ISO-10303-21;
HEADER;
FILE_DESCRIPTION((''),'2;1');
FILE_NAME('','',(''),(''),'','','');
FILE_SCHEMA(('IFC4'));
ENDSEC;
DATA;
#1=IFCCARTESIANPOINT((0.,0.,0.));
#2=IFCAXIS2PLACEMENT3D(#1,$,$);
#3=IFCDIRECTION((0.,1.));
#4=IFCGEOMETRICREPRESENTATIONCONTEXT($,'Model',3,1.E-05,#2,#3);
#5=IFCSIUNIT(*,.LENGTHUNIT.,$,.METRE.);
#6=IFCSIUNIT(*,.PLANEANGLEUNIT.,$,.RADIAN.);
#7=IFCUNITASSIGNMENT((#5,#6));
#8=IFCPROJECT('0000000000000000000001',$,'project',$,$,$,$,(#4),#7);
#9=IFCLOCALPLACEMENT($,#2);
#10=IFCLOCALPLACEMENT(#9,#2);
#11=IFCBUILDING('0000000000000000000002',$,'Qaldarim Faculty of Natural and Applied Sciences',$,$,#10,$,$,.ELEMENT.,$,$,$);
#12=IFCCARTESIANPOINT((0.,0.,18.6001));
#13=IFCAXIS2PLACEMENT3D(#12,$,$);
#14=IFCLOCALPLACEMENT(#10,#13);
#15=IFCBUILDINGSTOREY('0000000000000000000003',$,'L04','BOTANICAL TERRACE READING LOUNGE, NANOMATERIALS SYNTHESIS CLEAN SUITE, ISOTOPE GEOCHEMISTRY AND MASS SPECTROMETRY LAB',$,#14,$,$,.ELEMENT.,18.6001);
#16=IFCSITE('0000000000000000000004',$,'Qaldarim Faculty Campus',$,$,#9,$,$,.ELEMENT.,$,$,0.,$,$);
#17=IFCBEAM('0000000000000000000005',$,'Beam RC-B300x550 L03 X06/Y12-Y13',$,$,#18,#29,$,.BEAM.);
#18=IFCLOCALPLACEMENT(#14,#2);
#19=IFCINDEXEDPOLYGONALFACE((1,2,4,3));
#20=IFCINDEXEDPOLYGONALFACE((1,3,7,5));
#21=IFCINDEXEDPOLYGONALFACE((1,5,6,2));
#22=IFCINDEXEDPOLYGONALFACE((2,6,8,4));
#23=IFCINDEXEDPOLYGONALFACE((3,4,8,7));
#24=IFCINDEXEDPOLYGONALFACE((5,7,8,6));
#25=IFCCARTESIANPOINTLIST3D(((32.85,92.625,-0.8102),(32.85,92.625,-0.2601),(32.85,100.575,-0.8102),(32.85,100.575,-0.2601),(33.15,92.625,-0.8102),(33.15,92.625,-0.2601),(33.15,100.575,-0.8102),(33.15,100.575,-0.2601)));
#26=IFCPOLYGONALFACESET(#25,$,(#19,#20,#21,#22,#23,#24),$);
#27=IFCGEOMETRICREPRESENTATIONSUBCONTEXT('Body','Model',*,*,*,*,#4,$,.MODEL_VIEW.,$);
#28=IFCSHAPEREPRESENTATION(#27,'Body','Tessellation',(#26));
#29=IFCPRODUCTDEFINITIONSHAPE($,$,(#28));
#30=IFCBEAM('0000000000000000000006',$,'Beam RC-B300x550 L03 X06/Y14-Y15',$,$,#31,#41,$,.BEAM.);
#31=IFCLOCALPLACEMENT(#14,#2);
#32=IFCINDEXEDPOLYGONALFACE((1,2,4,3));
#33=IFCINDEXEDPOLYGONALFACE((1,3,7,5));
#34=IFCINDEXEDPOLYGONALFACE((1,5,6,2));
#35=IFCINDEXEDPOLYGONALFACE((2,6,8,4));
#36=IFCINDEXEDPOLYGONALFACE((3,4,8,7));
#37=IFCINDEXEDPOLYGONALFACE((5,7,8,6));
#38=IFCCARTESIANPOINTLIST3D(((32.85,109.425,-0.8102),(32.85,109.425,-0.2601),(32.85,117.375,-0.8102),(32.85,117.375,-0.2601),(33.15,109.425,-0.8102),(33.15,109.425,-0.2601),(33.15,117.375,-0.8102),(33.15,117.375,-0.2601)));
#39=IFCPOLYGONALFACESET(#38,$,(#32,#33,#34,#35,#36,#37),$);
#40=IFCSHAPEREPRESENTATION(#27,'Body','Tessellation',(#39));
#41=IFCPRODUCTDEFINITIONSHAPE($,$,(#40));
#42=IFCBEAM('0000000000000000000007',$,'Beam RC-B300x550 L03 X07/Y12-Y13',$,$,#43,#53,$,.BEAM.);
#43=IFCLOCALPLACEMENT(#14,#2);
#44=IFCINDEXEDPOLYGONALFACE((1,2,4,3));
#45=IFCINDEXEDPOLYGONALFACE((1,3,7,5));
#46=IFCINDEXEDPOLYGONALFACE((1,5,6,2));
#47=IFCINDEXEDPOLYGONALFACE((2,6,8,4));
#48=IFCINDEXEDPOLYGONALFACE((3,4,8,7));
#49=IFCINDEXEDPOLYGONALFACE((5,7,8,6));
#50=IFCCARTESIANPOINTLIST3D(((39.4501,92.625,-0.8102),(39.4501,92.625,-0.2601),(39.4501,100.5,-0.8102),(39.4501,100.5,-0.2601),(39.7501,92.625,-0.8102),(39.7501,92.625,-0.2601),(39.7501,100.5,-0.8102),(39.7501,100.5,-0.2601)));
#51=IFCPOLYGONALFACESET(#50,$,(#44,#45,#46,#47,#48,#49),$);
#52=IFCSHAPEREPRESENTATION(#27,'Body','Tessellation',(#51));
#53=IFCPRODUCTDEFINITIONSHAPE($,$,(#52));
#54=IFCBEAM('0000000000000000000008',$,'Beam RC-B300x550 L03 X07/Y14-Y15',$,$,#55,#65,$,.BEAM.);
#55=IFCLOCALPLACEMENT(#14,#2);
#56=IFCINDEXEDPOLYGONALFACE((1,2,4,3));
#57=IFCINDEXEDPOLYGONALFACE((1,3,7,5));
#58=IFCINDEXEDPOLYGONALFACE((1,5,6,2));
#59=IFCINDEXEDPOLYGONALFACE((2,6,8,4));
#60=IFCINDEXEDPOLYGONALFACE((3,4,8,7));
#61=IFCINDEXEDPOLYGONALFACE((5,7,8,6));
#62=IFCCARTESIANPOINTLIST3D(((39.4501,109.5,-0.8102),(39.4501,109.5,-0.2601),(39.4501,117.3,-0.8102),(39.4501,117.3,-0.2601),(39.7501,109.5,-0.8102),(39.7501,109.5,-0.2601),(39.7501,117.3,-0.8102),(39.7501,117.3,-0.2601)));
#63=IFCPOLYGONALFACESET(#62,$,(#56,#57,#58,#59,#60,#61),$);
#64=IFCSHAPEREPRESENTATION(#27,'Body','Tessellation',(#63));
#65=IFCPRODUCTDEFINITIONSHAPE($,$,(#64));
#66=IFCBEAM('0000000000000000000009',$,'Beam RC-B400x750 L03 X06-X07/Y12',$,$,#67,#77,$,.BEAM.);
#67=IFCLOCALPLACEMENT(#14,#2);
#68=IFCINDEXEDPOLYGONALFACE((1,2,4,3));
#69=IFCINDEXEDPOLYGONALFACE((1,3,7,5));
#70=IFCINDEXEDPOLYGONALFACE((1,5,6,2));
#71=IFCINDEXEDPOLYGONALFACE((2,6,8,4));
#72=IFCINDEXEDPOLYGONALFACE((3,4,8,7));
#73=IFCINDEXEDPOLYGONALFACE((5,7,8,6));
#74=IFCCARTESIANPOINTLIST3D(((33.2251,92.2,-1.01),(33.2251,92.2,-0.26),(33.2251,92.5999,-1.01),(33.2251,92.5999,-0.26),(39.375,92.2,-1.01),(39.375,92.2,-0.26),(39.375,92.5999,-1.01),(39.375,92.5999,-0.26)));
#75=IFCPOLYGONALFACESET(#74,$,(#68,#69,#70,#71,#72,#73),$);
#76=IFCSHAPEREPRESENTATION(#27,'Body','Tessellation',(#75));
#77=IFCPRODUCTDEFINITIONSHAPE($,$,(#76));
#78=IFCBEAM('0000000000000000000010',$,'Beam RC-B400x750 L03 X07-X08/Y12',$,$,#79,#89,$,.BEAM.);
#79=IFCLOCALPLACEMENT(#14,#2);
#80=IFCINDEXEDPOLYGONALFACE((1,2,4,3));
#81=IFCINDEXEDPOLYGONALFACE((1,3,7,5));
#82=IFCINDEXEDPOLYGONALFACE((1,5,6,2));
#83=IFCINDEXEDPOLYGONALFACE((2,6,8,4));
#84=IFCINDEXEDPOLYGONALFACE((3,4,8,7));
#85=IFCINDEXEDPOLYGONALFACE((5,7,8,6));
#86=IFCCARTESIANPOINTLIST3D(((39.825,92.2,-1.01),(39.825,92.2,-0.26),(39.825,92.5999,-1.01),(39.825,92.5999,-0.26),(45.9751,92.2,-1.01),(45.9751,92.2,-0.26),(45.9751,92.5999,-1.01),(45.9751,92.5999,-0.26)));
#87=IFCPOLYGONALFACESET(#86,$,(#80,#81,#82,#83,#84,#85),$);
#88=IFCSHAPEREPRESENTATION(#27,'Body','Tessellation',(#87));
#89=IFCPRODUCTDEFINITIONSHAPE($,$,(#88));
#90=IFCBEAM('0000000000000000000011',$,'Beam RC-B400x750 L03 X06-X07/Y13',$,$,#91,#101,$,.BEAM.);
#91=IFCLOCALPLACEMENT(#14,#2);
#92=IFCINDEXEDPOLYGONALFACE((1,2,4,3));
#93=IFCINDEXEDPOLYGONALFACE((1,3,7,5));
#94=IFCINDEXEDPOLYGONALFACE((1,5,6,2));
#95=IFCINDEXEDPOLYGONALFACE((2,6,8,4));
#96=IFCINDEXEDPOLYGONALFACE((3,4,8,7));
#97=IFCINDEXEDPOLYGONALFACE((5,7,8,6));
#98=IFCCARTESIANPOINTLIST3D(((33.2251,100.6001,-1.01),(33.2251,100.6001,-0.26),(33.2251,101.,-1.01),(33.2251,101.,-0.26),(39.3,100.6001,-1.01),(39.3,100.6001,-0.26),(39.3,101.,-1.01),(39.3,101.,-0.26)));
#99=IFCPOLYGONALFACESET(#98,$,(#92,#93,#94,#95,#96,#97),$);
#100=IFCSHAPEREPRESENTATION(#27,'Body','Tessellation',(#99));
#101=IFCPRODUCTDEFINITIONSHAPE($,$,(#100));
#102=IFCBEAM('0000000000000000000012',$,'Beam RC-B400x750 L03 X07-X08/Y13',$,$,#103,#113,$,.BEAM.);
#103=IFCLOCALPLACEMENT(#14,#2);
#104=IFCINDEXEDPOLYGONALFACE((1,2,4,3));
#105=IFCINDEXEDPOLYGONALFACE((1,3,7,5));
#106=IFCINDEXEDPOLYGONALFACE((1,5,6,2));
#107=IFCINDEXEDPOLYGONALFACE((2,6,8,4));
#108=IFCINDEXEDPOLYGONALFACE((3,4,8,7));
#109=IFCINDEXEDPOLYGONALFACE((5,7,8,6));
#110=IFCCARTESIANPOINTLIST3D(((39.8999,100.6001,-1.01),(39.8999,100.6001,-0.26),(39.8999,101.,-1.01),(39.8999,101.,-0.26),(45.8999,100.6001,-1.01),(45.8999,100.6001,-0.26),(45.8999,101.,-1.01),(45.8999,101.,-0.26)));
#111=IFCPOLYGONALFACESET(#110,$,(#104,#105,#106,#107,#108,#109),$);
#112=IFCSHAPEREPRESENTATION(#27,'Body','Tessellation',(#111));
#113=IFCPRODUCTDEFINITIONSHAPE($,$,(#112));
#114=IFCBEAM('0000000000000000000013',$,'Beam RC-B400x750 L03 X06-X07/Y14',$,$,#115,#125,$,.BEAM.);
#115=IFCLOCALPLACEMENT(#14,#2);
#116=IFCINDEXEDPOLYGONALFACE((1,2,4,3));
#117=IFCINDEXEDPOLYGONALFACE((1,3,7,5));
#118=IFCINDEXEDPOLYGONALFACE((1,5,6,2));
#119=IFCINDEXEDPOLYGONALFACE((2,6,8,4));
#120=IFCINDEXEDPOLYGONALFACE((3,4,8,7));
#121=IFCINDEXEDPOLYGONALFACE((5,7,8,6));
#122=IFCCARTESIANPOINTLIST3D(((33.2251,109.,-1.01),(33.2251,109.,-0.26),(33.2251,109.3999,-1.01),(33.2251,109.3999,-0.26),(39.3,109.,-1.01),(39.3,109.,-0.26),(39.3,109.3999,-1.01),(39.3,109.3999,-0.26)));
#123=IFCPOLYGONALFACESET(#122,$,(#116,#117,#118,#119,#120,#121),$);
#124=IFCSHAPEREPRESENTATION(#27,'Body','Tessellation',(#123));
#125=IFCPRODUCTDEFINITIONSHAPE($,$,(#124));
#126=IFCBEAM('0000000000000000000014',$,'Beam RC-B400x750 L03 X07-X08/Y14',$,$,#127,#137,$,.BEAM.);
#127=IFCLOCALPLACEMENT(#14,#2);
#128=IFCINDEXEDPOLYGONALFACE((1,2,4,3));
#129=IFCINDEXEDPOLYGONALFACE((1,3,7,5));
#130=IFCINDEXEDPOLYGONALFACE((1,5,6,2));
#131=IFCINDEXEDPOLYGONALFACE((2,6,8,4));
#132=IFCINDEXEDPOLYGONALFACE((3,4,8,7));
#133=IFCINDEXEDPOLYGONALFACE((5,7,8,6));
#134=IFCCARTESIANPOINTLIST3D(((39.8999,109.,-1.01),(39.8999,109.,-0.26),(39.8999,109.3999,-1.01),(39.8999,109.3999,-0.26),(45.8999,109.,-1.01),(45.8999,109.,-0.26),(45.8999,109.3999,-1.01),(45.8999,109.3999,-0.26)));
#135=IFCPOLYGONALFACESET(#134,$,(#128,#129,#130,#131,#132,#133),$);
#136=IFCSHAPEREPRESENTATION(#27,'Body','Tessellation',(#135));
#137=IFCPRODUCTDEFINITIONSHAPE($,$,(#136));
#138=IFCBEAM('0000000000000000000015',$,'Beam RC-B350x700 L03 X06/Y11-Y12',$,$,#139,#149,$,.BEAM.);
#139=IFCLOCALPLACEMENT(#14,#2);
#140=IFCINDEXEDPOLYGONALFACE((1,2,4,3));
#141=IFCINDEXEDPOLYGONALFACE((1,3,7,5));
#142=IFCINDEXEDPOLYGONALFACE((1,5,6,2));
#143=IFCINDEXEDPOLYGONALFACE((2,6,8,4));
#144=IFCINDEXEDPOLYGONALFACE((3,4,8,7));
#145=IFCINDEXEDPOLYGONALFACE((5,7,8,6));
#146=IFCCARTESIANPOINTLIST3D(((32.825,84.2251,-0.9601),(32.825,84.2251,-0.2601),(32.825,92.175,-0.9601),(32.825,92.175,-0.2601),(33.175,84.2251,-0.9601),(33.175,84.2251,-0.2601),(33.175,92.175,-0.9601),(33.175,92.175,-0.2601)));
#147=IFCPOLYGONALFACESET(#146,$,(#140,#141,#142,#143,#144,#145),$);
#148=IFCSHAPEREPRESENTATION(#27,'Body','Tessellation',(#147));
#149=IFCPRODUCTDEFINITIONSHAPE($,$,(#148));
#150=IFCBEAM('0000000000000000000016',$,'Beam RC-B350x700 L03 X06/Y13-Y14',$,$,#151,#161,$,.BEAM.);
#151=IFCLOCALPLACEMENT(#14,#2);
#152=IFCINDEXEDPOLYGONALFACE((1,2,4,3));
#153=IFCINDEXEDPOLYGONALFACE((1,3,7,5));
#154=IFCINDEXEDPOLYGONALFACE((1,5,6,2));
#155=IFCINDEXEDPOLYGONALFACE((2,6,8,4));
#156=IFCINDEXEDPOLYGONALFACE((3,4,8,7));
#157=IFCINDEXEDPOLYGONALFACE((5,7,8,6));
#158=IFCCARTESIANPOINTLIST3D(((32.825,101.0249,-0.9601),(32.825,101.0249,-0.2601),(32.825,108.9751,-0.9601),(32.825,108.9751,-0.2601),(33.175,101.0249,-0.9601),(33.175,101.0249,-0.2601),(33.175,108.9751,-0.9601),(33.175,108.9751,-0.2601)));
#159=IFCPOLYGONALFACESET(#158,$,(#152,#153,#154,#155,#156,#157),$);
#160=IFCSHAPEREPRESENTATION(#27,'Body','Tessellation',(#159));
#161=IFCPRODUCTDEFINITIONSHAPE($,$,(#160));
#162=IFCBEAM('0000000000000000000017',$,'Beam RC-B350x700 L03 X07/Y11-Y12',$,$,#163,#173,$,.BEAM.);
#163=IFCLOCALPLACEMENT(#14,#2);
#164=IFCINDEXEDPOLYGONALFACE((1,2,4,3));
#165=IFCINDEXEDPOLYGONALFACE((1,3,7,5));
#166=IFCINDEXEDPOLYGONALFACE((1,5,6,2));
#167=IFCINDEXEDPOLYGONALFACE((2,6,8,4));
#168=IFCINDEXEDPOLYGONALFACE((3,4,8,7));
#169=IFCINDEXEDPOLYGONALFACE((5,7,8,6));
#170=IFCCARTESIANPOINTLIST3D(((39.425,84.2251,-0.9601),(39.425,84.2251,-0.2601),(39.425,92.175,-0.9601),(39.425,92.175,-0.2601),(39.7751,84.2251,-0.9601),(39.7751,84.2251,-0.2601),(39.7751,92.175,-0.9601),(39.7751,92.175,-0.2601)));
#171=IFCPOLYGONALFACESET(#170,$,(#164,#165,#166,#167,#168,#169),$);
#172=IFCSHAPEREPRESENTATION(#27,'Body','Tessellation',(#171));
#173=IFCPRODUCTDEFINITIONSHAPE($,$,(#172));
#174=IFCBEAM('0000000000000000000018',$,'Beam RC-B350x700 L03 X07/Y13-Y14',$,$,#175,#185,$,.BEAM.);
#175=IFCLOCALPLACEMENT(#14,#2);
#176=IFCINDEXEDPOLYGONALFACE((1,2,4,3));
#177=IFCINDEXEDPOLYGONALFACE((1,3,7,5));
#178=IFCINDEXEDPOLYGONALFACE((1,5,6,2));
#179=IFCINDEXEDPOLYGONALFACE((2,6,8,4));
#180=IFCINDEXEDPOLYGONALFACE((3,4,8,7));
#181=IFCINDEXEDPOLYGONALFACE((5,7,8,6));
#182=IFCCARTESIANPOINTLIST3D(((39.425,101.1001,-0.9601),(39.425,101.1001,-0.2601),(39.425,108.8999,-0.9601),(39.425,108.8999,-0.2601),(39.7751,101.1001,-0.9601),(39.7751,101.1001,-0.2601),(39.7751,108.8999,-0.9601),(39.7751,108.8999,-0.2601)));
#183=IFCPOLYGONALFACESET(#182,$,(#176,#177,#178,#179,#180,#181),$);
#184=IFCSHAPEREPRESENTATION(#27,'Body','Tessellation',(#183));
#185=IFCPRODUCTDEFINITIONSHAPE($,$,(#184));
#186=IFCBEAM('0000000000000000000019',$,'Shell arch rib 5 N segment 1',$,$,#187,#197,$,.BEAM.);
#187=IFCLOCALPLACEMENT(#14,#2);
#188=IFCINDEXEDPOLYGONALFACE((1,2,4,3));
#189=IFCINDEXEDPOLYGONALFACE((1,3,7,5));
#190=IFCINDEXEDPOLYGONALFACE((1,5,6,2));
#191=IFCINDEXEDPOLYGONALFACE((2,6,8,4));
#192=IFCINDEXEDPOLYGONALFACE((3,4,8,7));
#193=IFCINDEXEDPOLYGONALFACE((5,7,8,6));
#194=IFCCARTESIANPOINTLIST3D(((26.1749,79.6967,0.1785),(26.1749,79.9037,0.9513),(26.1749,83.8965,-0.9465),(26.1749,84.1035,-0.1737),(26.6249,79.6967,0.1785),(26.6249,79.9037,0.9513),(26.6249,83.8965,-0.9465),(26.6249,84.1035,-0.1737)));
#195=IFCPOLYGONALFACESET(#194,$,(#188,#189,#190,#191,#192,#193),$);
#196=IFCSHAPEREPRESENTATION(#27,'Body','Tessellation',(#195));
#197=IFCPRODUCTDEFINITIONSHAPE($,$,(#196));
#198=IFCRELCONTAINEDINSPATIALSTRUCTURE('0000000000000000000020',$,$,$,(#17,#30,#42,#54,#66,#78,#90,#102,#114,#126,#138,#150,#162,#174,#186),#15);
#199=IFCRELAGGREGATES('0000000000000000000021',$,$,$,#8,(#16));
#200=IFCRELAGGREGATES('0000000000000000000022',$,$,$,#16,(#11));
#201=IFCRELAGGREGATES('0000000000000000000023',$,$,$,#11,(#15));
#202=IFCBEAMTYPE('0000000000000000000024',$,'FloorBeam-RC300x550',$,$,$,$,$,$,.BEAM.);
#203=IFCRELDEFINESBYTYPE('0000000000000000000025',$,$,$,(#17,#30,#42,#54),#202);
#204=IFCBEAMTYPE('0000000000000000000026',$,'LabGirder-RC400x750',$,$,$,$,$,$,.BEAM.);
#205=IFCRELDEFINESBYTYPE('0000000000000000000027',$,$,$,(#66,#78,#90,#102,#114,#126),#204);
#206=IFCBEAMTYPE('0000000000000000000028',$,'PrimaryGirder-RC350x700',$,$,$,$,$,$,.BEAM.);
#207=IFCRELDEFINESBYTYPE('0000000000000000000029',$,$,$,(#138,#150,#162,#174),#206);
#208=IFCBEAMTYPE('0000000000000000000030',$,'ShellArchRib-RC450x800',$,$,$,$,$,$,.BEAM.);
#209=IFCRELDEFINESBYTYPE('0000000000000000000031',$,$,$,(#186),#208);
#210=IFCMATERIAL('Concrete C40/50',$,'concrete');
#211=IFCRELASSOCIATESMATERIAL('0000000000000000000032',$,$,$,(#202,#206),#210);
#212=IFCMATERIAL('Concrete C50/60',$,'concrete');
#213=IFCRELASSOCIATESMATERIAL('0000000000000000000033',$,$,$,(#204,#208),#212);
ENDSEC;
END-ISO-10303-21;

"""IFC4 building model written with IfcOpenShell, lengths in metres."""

from ifc_helpers import new_model, si_unit, direction, frame, origin, origin_2d, place, context, subcontext, project, spatial, rectangle, extrude, material, material_profile, profile_set, type_object, element, save


model = new_model("IFC4")

# Units and contexts
model_context = context("Model", 3, precision=1e-05, world=origin(), true_north=direction((0.0, 1.0)))
body_context = subcontext(model_context, "Body", "Model", "MODEL_VIEW")
ifc_project = project(units=[si_unit("LENGTHUNIT", "METRE"), si_unit("PLANEANGLEUNIT", "RADIAN")], contexts=[model_context])

# Site, building, storey
site_placement = place(None, origin())
site = spatial("IfcSite", under=ifc_project, at=site_placement, Name="Qaldarim Faculty Campus", CompositionType="ELEMENT", RefElevation=0.0)
building_placement = place(site_placement, origin())
building = spatial("IfcBuilding", under=site, at=building_placement, Name="Qaldarim Faculty of Natural and Applied Sciences", CompositionType="ELEMENT")
storey_placement = place(building_placement, frame((0.0, 0.0, 18.6001)))
storey = spatial("IfcBuildingStorey", under=building, at=storey_placement, Name="L04", Description="BOTANICAL TERRACE READING LOUNGE, NANOMATERIALS SYNTHESIS CLEAN SUITE, ISOTOPE GEOCHEMISTRY AND MASS SPECTROMETRY LAB", CompositionType="ELEMENT", Elevation=18.6001)

# Beams
ifc_material_1 = material(Name="Concrete C40/50", Category="concrete")
ifc_material_profile_1 = material_profile(ifc_material_1, rectangle(XDim=0.3, YDim=0.55, at=origin_2d()), Name="RC-B300x550")
ifc_profile_set_1 = profile_set([ifc_material_profile_1], Name="Concrete C40/50")
beam_type_1 = type_object("IfcBeamType", Name="FloorBeam-RC300x550", PredefinedType="BEAM", material=ifc_profile_set_1)
for number, where, z_axis, x_axis, name in (
    (1, (33.0, 92.625, -0.5352), (0.0, 1.0, 0.0), (-1.0, 0.0, 0.0), "Beam RC-B300x550 L03 X06/Y12-Y13"),
    (2, (33.0, 109.425, -0.5352), (0.0, 1.0, 0.0), (-1.0, 0.0, 0.0), "Beam RC-B300x550 L03 X06/Y14-Y15"),
):
    element("IfcBeam", number, at=place(storey_placement, frame(where, z_axis=z_axis, x_axis=x_axis)), inside=storey, type_object=beam_type_1, Name=name, PredefinedType="BEAM", context=body_context, shape_type="SweptSolid", body=[
        extrude(rectangle(XDim=0.3, YDim=0.55, at=origin_2d()), origin(), (0.0, 0.0, 1.0), 7.95),
    ])
beam_1_placement = place(storey_placement, frame((39.6001, 92.625, -0.5352), z_axis=(0.0, 1.0, 0.0), x_axis=(-1.0, 0.0, 0.0)))
element("IfcBeam", 3, at=beam_1_placement, inside=storey, type_object=beam_type_1, Name="Beam RC-B300x550 L03 X07/Y12-Y13", PredefinedType="BEAM", context=body_context, shape_type="SweptSolid", body=[
    extrude(rectangle(XDim=0.3, YDim=0.55, at=origin_2d()), origin(), (0.0, 0.0, 1.0), 7.875),
])
beam_2_placement = place(storey_placement, frame((39.6001, 109.5, -0.5352), z_axis=(0.0, 1.0, 0.0), x_axis=(-1.0, 0.0, 0.0)))
element("IfcBeam", 4, at=beam_2_placement, inside=storey, type_object=beam_type_1, Name="Beam RC-B300x550 L03 X07/Y14-Y15", PredefinedType="BEAM", context=body_context, shape_type="SweptSolid", body=[
    extrude(rectangle(XDim=0.3, YDim=0.55, at=origin_2d()), origin(), (0.0, 0.0, 1.0), 7.8),
])
ifc_material_2 = material(Name="Concrete C50/60", Category="concrete")
ifc_material_profile_2 = material_profile(ifc_material_2, rectangle(XDim=0.3999, YDim=0.75, at=origin_2d()), Name="RC-B400x750")
ifc_profile_set_2 = profile_set([ifc_material_profile_2], Name="Concrete C50/60")
beam_type_2 = type_object("IfcBeamType", Name="LabGirder-RC400x750", PredefinedType="BEAM", material=ifc_profile_set_2)
beam_3_placement = place(storey_placement, frame((33.2251, 92.3999, -0.635), z_axis=(1.0, 0.0, 0.0), x_axis=(0.0, 1.0, 0.0)))
element("IfcBeam", 5, at=beam_3_placement, inside=storey, type_object=beam_type_2, Name="Beam RC-B400x750 L03 X06-X07/Y12", PredefinedType="BEAM", context=body_context, shape_type="SweptSolid", body=[
    extrude(rectangle(XDim=0.3999, YDim=0.75, at=origin_2d()), origin(), (0.0, 0.0, 1.0), 6.1499),
])
beam_4_placement = place(storey_placement, frame((39.825, 92.3999, -0.635), z_axis=(1.0, 0.0, 0.0), x_axis=(0.0, 1.0, 0.0)))
element("IfcBeam", 6, at=beam_4_placement, inside=storey, type_object=beam_type_2, Name="Beam RC-B400x750 L03 X07-X08/Y12", PredefinedType="BEAM", context=body_context, shape_type="SweptSolid", body=[
    extrude(rectangle(XDim=0.3999, YDim=0.75, at=origin_2d()), origin(), (0.0, 0.0, 1.0), 6.1501),
])
beam_5_placement = place(storey_placement, frame((33.2251, 100.8, -0.635), z_axis=(1.0, 0.0, 0.0), x_axis=(0.0, 1.0, 0.0)))
element("IfcBeam", 7, at=beam_5_placement, inside=storey, type_object=beam_type_2, Name="Beam RC-B400x750 L03 X06-X07/Y13", PredefinedType="BEAM", context=body_context, shape_type="SweptSolid", body=[
    extrude(rectangle(XDim=0.3999, YDim=0.75, at=origin_2d()), origin(), (0.0, 0.0, 1.0), 6.075),
])
beam_6_placement = place(storey_placement, frame((39.8999, 100.8, -0.635), z_axis=(1.0, 0.0, 0.0), x_axis=(0.0, 1.0, 0.0)))
element("IfcBeam", 8, at=beam_6_placement, inside=storey, type_object=beam_type_2, Name="Beam RC-B400x750 L03 X07-X08/Y13", PredefinedType="BEAM", context=body_context, shape_type="SweptSolid", body=[
    extrude(rectangle(XDim=0.3999, YDim=0.75, at=origin_2d()), origin(), (0.0, 0.0, 1.0), 6.0),
])
beam_7_placement = place(storey_placement, frame((33.2251, 109.2, -0.635), z_axis=(1.0, 0.0, 0.0), x_axis=(0.0, 1.0, 0.0)))
element("IfcBeam", 9, at=beam_7_placement, inside=storey, type_object=beam_type_2, Name="Beam RC-B400x750 L03 X06-X07/Y14", PredefinedType="BEAM", context=body_context, shape_type="SweptSolid", body=[
    extrude(rectangle(XDim=0.3999, YDim=0.75, at=origin_2d()), origin(), (0.0, 0.0, 1.0), 6.075),
])
beam_8_placement = place(storey_placement, frame((39.8999, 109.2, -0.635), z_axis=(1.0, 0.0, 0.0), x_axis=(0.0, 1.0, 0.0)))
element("IfcBeam", 10, at=beam_8_placement, inside=storey, type_object=beam_type_2, Name="Beam RC-B400x750 L03 X07-X08/Y14", PredefinedType="BEAM", context=body_context, shape_type="SweptSolid", body=[
    extrude(rectangle(XDim=0.3999, YDim=0.75, at=origin_2d()), origin(), (0.0, 0.0, 1.0), 6.0),
])
ifc_material_profile_3 = material_profile(ifc_material_1, rectangle(XDim=0.3501, YDim=0.7, at=origin_2d()), Name="RC-B350x700")
ifc_profile_set_3 = profile_set([ifc_material_profile_3], Name="Concrete C40/50")
beam_type_3 = type_object("IfcBeamType", Name="PrimaryGirder-RC350x700", PredefinedType="BEAM", material=ifc_profile_set_3)
beam_9_placement = place(storey_placement, frame((33.0, 84.2251, -0.6101), z_axis=(0.0, 1.0, 0.0), x_axis=(-1.0, 0.0, 0.0)))
element("IfcBeam", 11, at=beam_9_placement, inside=storey, type_object=beam_type_3, Name="Beam RC-B350x700 L03 X06/Y11-Y12", PredefinedType="BEAM", context=body_context, shape_type="SweptSolid", body=[
    extrude(rectangle(XDim=0.3501, YDim=0.7, at=origin_2d()), origin(), (0.0, 0.0, 1.0), 7.95),
])
beam_10_placement = place(storey_placement, frame((33.0, 101.0249, -0.6101), z_axis=(0.0, 1.0, 0.0), x_axis=(-1.0, 0.0, 0.0)))
element("IfcBeam", 12, at=beam_10_placement, inside=storey, type_object=beam_type_3, Name="Beam RC-B350x700 L03 X06/Y13-Y14", PredefinedType="BEAM", context=body_context, shape_type="SweptSolid", body=[
    extrude(rectangle(XDim=0.3501, YDim=0.7, at=origin_2d()), origin(), (0.0, 0.0, 1.0), 7.9502),
])
beam_11_placement = place(storey_placement, frame((39.6001, 84.2251, -0.6101), z_axis=(0.0, 1.0, 0.0), x_axis=(-1.0, 0.0, 0.0)))
element("IfcBeam", 13, at=beam_11_placement, inside=storey, type_object=beam_type_3, Name="Beam RC-B350x700 L03 X07/Y11-Y12", PredefinedType="BEAM", context=body_context, shape_type="SweptSolid", body=[
    extrude(rectangle(XDim=0.3501, YDim=0.7, at=origin_2d()), origin(), (0.0, 0.0, 1.0), 7.95),
])
beam_12_placement = place(storey_placement, frame((39.6001, 101.1001, -0.6101), z_axis=(0.0, 1.0, 0.0), x_axis=(-1.0, 0.0, 0.0)))
element("IfcBeam", 14, at=beam_12_placement, inside=storey, type_object=beam_type_3, Name="Beam RC-B350x700 L03 X07/Y13-Y14", PredefinedType="BEAM", context=body_context, shape_type="SweptSolid", body=[
    extrude(rectangle(XDim=0.3501, YDim=0.7, at=origin_2d()), origin(), (0.0, 0.0, 1.0), 7.7998),
])
ifc_material_profile_4 = material_profile(ifc_material_2, rectangle(XDim=0.45, YDim=0.8, at=origin_2d()), Name="RC-RIB450x800")
ifc_profile_set_4 = profile_set([ifc_material_profile_4], Name="Concrete C50/60")
beam_type_4 = type_object("IfcBeamType", Name="ShellArchRib-RC450x800", PredefinedType="BEAM", material=ifc_profile_set_4)
for number, where, z_axis, x_axis, name in (
    (15, (26.3999, 84.0, -0.5601), (0.0, -0.965947, 0.258739), (1.0, 0.0, 0.0), "Shell arch rib 5 N segment 1"),
):
    element("IfcBeam", number, at=place(storey_placement, frame(where, z_axis=z_axis, x_axis=x_axis)), inside=storey, type_object=beam_type_4, Name=name, PredefinedType="BEAM", context=body_context, shape_type="SweptSolid", body=[
        extrude(rectangle(XDim=0.45, YDim=0.8, at=origin_2d()), origin(), (0.0, 0.0, 1.0), 4.3479),
    ])

save(model, "model.ifc")
